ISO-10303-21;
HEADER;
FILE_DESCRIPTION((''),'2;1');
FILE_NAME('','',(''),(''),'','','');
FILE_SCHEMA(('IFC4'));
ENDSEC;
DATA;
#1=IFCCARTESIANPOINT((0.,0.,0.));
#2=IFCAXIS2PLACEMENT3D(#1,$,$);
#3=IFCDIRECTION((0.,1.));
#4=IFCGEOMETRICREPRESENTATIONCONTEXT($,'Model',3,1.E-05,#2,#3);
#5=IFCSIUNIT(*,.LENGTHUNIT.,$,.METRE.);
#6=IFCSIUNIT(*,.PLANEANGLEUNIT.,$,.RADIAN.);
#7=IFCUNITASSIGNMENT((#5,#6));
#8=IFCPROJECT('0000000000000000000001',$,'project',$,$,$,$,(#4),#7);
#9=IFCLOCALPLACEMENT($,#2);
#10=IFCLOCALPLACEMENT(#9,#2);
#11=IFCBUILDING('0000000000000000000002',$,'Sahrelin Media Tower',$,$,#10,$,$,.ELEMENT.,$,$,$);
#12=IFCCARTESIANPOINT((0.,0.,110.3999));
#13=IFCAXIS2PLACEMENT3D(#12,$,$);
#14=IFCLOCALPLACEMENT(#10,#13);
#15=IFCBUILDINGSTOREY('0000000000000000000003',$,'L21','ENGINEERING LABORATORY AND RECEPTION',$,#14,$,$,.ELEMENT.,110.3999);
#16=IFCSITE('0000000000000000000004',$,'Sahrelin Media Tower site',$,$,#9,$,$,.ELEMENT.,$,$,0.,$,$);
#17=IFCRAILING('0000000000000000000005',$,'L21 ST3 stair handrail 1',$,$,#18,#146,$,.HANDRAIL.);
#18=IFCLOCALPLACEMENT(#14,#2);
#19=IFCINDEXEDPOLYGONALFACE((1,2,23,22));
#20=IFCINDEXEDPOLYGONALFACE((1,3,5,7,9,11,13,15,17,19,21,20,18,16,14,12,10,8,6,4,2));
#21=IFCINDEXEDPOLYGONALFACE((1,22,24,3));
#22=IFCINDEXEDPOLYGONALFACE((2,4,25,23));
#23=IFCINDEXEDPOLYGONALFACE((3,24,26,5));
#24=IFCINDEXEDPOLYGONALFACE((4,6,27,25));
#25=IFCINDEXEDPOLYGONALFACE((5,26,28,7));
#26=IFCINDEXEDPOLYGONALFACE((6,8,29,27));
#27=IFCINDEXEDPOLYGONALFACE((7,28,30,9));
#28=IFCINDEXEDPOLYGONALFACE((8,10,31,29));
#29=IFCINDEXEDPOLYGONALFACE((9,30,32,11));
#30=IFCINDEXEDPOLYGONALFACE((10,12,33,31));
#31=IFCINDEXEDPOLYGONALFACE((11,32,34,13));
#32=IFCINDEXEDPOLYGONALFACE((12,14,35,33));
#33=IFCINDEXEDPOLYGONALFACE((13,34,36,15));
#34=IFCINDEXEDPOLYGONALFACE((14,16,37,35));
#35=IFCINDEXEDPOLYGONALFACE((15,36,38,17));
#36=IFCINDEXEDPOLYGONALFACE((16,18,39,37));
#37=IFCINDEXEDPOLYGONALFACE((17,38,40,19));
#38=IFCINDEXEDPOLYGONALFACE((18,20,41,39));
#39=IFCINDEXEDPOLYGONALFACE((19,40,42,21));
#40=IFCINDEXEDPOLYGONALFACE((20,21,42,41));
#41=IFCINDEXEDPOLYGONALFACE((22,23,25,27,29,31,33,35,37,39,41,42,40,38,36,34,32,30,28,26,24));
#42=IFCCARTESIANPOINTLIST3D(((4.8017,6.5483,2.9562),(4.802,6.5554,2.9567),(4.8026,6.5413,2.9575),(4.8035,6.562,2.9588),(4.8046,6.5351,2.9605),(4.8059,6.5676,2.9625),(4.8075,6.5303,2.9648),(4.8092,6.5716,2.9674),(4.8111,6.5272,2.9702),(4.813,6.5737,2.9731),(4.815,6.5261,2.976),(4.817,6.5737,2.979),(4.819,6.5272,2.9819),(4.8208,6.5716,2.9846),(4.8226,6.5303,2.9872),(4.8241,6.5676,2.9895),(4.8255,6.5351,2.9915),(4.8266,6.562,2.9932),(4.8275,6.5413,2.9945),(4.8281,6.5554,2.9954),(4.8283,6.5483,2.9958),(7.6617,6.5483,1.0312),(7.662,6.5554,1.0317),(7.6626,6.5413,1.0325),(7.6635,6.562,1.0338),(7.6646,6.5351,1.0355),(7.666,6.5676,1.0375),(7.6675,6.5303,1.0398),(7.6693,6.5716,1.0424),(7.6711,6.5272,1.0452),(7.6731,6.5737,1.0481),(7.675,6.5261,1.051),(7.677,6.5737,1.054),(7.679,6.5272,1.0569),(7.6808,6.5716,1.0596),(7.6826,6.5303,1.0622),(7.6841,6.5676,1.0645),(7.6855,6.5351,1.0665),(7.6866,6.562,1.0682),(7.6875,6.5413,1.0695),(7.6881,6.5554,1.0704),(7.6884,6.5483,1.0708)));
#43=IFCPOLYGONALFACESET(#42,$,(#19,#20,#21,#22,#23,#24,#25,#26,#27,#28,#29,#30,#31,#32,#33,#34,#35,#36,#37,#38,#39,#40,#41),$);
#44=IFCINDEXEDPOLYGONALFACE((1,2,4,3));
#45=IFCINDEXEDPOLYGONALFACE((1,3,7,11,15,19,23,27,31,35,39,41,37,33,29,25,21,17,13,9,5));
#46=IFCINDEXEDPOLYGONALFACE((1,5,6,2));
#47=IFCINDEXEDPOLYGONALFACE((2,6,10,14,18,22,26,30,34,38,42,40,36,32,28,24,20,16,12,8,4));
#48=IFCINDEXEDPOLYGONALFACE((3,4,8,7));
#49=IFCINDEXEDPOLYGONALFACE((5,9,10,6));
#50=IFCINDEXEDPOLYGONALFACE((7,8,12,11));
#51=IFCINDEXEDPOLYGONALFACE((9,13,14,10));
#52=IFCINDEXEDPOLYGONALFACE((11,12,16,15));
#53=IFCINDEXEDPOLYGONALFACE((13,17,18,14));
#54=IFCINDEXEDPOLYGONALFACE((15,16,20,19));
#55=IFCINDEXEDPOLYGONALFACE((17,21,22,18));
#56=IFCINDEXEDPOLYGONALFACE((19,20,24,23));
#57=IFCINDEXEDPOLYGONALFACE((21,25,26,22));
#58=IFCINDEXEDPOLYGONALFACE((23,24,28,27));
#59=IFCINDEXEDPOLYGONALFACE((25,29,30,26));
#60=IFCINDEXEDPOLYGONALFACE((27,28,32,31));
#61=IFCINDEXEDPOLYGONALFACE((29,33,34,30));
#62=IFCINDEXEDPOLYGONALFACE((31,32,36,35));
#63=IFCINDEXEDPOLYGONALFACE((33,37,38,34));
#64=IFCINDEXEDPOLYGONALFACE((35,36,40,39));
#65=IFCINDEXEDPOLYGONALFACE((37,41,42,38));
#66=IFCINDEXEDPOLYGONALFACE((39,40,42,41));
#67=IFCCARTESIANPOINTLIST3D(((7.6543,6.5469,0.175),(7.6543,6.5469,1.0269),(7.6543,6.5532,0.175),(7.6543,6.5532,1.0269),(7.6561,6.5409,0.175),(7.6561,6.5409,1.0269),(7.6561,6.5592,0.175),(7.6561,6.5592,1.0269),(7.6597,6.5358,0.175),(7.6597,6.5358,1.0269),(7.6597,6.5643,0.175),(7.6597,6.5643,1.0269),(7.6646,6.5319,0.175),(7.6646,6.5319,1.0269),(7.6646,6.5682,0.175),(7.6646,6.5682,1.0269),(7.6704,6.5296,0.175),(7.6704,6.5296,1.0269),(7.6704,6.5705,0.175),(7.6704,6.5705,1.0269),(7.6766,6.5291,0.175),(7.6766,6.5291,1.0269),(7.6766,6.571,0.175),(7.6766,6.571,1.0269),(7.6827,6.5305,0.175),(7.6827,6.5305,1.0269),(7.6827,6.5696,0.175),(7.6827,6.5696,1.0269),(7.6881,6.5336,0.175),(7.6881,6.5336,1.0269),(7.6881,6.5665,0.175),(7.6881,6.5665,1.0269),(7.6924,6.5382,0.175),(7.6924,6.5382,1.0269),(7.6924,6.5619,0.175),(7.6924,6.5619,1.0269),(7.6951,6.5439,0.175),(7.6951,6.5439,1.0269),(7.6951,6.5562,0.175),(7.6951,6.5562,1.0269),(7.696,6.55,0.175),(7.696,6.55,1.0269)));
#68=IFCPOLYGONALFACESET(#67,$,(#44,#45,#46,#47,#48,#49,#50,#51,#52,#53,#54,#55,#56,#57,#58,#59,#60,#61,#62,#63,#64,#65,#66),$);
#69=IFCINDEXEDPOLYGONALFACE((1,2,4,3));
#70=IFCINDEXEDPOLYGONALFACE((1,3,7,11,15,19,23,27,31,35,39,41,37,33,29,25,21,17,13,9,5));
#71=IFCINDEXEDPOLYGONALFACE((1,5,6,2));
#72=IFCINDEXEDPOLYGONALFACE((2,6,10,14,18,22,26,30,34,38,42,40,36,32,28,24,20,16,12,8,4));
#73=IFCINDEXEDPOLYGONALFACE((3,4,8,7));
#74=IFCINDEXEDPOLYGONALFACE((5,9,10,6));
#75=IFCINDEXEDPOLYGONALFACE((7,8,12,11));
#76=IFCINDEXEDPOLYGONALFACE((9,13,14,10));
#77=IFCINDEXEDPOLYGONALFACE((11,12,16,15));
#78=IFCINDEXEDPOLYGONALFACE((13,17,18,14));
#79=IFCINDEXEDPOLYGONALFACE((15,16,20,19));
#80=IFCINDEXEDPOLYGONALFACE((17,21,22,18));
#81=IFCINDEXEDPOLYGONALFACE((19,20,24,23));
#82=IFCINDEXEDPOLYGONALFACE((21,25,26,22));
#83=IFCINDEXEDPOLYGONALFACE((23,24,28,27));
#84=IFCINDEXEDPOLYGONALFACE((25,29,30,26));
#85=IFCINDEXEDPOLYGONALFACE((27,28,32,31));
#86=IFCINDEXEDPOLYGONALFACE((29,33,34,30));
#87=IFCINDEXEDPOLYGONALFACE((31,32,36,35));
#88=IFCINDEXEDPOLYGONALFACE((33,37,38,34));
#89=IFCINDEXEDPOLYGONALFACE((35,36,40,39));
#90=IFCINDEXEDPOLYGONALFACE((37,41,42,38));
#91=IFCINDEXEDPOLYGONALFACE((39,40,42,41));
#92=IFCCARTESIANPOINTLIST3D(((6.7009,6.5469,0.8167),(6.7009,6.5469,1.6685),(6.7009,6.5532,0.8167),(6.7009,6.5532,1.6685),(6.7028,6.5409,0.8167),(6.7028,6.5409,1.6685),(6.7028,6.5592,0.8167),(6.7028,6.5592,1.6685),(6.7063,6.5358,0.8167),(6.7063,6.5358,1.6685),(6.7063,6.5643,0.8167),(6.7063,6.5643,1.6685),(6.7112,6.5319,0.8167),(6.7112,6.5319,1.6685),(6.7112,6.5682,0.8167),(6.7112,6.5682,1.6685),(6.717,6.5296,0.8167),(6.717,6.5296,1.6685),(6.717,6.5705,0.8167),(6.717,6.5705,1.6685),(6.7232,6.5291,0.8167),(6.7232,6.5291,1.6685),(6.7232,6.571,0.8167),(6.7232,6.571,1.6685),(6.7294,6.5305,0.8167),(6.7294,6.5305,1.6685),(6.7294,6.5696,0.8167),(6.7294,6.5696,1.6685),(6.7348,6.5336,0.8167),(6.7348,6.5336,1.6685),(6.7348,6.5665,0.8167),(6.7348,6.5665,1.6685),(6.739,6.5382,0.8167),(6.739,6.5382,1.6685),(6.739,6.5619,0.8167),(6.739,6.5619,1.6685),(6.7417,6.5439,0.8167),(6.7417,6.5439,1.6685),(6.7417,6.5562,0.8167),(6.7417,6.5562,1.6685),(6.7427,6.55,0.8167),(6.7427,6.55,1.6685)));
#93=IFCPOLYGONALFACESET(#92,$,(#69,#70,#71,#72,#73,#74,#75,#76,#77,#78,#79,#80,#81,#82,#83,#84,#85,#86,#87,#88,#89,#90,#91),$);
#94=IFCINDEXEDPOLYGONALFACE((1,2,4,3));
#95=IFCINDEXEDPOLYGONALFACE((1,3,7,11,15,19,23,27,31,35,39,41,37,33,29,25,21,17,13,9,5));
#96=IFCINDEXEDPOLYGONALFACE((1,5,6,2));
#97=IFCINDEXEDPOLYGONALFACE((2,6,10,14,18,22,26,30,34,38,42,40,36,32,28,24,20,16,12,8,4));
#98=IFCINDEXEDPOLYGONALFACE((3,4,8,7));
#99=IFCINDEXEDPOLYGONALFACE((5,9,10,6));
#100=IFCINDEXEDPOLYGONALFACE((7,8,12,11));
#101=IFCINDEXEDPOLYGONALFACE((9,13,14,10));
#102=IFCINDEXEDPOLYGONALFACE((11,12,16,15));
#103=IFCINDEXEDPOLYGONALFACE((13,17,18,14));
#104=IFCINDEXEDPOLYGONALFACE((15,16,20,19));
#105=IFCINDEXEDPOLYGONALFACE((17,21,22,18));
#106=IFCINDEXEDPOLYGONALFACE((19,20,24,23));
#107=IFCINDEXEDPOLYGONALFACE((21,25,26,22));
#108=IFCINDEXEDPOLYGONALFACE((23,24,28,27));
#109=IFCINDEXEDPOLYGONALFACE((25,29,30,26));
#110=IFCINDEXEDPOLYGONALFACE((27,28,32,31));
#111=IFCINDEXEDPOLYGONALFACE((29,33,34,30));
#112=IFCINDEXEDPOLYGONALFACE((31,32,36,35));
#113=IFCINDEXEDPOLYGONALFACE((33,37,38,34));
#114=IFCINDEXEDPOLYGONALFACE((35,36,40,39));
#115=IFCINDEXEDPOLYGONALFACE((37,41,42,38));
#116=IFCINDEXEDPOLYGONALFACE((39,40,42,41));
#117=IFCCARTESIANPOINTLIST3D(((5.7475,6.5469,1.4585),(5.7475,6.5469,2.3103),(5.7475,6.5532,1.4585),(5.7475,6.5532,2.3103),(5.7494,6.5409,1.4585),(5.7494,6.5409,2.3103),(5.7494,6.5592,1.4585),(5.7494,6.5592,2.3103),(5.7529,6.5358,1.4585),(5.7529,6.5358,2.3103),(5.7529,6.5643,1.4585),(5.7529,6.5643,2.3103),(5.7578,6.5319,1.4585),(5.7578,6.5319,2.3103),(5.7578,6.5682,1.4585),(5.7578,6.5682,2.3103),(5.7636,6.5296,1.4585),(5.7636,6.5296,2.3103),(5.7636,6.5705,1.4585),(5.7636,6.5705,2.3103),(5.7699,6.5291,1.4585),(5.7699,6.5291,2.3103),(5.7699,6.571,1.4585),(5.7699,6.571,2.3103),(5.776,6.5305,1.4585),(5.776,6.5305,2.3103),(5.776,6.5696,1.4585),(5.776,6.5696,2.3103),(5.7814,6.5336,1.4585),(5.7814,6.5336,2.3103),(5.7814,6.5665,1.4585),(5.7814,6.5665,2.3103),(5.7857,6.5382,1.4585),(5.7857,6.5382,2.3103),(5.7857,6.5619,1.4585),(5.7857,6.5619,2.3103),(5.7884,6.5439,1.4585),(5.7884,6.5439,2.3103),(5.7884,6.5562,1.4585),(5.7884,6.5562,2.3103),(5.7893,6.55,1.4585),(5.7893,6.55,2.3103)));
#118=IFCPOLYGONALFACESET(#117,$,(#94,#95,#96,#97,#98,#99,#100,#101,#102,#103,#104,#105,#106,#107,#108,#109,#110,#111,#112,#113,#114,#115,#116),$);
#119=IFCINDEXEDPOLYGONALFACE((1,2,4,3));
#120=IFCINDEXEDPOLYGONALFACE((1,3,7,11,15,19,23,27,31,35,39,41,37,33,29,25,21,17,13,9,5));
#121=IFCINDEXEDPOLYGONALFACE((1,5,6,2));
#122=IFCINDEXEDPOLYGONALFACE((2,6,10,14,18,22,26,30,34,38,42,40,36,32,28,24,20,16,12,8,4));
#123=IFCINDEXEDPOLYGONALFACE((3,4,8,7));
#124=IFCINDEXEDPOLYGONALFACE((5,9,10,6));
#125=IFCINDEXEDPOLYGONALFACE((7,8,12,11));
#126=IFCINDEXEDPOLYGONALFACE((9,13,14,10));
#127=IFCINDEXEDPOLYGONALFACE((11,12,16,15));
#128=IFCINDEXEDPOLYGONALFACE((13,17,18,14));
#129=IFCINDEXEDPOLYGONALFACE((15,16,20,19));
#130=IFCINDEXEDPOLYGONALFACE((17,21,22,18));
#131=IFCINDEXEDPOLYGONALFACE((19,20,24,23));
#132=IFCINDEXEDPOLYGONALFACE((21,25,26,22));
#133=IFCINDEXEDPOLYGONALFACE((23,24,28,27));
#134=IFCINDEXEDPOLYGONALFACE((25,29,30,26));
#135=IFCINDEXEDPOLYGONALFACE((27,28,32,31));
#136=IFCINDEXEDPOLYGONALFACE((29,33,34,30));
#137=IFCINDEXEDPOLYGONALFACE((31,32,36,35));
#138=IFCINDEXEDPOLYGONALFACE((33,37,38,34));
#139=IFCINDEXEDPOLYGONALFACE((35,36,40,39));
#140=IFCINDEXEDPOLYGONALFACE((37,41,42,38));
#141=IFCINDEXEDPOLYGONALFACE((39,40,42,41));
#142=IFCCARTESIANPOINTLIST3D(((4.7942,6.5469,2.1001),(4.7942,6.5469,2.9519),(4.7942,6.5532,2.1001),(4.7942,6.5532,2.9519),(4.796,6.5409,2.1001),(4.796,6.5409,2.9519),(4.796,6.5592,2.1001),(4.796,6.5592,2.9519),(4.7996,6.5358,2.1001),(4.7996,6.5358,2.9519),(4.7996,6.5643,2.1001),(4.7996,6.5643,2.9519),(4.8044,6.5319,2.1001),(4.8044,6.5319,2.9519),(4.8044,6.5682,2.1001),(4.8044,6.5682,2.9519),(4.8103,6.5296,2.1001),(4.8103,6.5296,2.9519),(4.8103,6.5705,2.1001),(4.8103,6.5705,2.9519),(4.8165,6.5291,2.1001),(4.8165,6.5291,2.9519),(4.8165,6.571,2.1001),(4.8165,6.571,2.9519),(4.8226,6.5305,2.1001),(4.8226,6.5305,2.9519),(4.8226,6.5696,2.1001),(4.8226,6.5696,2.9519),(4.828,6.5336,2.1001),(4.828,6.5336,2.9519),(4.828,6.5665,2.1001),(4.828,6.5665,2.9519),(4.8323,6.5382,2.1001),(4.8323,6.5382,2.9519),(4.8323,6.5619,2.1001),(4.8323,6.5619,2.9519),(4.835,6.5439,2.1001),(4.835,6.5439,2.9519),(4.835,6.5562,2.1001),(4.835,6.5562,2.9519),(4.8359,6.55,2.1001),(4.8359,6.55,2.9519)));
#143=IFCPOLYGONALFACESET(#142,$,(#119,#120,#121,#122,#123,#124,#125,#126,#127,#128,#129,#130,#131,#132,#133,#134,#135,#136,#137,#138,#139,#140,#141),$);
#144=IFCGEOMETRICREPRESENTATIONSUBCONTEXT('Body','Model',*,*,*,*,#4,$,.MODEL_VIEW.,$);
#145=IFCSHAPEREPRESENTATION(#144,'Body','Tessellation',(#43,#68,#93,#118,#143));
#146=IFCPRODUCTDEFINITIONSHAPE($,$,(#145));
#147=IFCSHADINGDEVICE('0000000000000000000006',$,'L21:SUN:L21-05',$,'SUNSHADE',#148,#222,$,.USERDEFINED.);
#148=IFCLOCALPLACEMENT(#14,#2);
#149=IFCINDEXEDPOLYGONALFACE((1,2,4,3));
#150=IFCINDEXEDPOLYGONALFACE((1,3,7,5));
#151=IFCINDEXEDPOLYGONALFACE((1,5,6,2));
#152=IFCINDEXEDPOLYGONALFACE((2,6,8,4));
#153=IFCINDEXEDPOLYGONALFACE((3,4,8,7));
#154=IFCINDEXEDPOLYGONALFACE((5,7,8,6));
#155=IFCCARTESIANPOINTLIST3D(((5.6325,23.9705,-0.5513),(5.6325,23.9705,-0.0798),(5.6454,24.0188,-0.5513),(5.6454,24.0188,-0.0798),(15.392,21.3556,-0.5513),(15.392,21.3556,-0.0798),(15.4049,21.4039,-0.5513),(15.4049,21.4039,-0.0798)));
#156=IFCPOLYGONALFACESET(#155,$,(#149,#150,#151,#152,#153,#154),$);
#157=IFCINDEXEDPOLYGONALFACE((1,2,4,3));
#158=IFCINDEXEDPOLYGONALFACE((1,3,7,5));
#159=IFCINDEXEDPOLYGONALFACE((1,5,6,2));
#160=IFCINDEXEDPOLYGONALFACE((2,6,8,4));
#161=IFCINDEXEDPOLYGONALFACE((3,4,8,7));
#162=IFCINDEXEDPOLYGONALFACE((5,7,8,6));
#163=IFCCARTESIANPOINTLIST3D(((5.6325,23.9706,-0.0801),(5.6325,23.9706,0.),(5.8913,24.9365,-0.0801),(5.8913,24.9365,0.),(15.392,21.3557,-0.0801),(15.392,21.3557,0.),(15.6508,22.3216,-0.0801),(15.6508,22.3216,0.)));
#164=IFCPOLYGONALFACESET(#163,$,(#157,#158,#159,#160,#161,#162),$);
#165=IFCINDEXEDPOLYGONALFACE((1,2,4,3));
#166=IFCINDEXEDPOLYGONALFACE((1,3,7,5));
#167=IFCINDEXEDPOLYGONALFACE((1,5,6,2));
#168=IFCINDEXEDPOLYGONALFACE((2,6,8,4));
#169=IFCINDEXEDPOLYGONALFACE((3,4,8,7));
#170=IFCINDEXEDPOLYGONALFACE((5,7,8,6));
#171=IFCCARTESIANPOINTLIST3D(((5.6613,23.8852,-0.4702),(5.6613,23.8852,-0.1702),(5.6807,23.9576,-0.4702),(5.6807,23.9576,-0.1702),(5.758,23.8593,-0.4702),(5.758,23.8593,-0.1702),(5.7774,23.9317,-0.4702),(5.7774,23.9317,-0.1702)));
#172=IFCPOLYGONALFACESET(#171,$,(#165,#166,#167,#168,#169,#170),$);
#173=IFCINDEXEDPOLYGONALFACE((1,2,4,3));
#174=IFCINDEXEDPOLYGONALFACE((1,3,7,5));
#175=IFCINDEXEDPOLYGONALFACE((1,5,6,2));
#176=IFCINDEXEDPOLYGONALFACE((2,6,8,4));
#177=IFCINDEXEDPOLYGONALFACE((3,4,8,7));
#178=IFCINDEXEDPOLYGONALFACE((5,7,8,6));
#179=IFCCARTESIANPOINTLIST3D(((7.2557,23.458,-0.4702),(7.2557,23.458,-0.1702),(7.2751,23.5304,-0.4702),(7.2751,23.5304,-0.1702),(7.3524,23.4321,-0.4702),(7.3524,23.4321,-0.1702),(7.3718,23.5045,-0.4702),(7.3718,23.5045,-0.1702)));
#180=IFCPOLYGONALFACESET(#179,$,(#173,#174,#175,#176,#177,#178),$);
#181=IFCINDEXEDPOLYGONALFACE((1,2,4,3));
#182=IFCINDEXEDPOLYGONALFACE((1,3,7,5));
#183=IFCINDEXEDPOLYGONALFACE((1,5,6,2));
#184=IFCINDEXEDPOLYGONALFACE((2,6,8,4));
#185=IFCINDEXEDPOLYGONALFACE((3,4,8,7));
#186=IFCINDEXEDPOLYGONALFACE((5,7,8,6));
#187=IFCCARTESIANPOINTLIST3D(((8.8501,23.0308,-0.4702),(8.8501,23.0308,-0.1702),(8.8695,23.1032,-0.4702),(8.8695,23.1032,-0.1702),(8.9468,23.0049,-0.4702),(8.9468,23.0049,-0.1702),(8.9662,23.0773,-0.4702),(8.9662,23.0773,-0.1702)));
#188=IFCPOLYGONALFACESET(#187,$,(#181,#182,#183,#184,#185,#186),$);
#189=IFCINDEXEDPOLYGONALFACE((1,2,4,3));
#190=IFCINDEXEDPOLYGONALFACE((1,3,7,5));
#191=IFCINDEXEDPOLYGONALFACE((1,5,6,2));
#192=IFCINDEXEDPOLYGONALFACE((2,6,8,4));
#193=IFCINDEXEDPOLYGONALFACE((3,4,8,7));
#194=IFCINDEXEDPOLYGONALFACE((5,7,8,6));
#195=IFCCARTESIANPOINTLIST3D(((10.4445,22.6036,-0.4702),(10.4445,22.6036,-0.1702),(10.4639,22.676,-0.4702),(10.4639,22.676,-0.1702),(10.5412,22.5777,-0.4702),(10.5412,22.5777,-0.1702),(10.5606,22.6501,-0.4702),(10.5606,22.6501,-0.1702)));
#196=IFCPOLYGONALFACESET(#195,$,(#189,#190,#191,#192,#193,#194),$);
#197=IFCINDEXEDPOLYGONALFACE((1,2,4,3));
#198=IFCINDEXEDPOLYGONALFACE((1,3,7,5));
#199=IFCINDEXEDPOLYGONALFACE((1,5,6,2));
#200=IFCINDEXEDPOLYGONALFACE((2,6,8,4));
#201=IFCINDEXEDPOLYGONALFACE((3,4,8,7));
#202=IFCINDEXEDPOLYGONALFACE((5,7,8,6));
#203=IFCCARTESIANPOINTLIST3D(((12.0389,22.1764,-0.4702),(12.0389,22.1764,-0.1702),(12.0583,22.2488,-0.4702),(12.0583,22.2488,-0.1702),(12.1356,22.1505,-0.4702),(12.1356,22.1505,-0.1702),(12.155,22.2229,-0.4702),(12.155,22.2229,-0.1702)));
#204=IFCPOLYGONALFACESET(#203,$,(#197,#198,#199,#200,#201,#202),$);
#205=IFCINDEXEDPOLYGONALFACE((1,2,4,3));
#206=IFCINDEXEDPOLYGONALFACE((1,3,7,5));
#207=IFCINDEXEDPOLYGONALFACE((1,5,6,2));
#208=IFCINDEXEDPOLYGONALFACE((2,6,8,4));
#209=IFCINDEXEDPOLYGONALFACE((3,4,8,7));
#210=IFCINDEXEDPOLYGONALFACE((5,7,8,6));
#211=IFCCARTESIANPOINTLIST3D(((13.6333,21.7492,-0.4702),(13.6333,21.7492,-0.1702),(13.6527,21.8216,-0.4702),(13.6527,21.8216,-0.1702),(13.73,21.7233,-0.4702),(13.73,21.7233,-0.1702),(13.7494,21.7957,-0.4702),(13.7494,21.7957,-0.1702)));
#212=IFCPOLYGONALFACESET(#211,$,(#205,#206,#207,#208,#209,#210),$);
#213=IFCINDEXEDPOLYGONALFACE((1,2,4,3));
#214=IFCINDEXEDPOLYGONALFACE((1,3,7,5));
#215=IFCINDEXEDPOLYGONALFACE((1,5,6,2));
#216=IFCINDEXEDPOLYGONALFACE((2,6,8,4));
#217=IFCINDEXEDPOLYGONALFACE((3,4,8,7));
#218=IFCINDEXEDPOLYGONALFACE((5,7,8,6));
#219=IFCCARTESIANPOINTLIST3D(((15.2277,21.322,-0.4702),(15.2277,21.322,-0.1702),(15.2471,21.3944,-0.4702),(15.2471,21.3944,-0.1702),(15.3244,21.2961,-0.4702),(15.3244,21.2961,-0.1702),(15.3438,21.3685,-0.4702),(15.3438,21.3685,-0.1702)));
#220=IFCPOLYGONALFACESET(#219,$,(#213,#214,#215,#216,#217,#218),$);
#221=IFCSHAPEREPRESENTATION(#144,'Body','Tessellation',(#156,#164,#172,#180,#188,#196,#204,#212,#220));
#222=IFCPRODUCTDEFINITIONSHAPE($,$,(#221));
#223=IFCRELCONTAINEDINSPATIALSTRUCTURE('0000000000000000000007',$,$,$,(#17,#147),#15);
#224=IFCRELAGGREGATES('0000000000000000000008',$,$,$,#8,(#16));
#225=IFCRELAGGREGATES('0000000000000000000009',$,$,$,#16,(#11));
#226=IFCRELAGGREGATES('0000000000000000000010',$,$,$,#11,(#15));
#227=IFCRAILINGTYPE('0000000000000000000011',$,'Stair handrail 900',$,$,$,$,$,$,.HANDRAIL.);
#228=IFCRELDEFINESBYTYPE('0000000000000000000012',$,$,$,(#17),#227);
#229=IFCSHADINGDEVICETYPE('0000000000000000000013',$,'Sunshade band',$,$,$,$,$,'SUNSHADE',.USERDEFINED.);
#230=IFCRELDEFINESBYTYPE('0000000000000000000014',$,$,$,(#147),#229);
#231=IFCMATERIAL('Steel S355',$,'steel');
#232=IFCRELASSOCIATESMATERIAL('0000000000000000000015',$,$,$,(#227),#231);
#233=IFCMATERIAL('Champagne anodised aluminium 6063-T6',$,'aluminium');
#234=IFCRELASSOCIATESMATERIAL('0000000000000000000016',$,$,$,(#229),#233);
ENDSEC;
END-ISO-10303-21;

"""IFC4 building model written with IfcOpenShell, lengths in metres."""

from ifc_helpers import new_model, si_unit, direction, frame, origin, origin_2d, place, context, subcontext, project, spatial, rectangle, circle, extrude, material, type_object, element, save


model = new_model("IFC4")

# Units and contexts
model_context = context("Model", 3, precision=1e-05, world=origin(), true_north=direction((0.0, 1.0)))
body_context = subcontext(model_context, "Body", "Model", "MODEL_VIEW")
ifc_project = project(units=[si_unit("LENGTHUNIT", "METRE"), si_unit("PLANEANGLEUNIT", "RADIAN")], contexts=[model_context])

# Site, building, storey
site_placement = place(None, origin())
site = spatial("IfcSite", under=ifc_project, at=site_placement, Name="Sahrelin Media Tower site", CompositionType="ELEMENT", RefElevation=0.0)
building_placement = place(site_placement, origin())
building = spatial("IfcBuilding", under=site, at=building_placement, Name="Sahrelin Media Tower", CompositionType="ELEMENT")
storey_placement = place(building_placement, frame((0.0, 0.0, 110.3999)))
storey = spatial("IfcBuildingStorey", under=building, at=storey_placement, Name="L21", Description="ENGINEERING LABORATORY AND RECEPTION", CompositionType="ELEMENT", Elevation=110.3999)

# Shared definitions
ifc_material_1 = material(Name="Steel S355", Category="steel")

# Shared definitions
ifc_material_2 = material(Name="Champagne anodised aluminium 6063-T6", Category="aluminium")

# Shared definitions
placement_1 = place(storey_placement, frame((10.5071, 22.6438, 0.0), z_axis=(0.0, 0.0, 1.0), x_axis=(0.965929, -0.258808, 0.0)))

# Railing
railing_type_1 = type_object("IfcRailingType", Name="Stair handrail 900", PredefinedType="HANDRAIL", material=ifc_material_1)
railing_1_placement = place(storey_placement, frame((7.675, 6.55, 0.175)))
element("IfcRailing", 1, at=railing_1_placement, inside=storey, type_object=railing_type_1, Name="L21 ST3 stair handrail 1", PredefinedType="HANDRAIL", context=body_context, shape_type="SweptSolid", body=[
    extrude(circle(Radius=0.0239, at=origin_2d()), frame((0.0, 0.0, 0.876), z_axis=(-0.829591, 0.0, 0.558372), x_axis=(0.0, -1.0, 0.0)), (0.0, 0.0, 1.0), 3.4475),
    extrude(circle(Radius=0.021, at=origin_2d()), origin(), (0.0, 0.0, 1.0), 0.8518),
    extrude(circle(Radius=0.021, at=origin_2d()), frame((-0.9534, 0.0, 0.6416)), (0.0, 0.0, 1.0), 0.8518),
    extrude(circle(Radius=0.021, at=origin_2d()), frame((-1.9067, 0.0, 1.2834)), (0.0, 0.0, 1.0), 0.8518),
    extrude(circle(Radius=0.021, at=origin_2d()), frame((-2.8601, 0.0, 1.925)), (0.0, 0.0, 1.0), 0.8518),
])

# Shading device
shading_device_type_1 = type_object("IfcShadingDeviceType", Name="Sunshade band", ElementType="SUNSHADE", PredefinedType="USERDEFINED", material=ifc_material_2)
element("IfcShadingDevice", 2, at=placement_1, inside=storey, type_object=shading_device_type_1, Name="L21:SUN:L21-05", ObjectType="SUNSHADE", PredefinedType="USERDEFINED", context=body_context, shape_type="SweptSolid", body=[
    extrude(rectangle(XDim=10.1038, YDim=0.05, at=origin_2d()), frame((0.0, 0.0449, -0.5513)), (0.0, 0.0, 1.0), 0.4714),
    extrude(rectangle(XDim=10.1038, YDim=1.0, at=origin_2d()), frame((0.0, 0.52, -0.0801)), (0.0, 0.0, 1.0), 0.0801),
    extrude(rectangle(XDim=0.1001, YDim=0.075, at=origin_2d()), frame((-4.9519, -0.0176, -0.4702)), (0.0, 0.0, 1.0), 0.3),
    extrude(rectangle(XDim=0.1001, YDim=0.075, at=origin_2d()), frame((-3.3013, -0.0176, -0.4702)), (0.0, 0.0, 1.0), 0.3),
    extrude(rectangle(XDim=0.1001, YDim=0.075, at=origin_2d()), frame((-1.6506, -0.0176, -0.4702)), (0.0, 0.0, 1.0), 0.3),
    extrude(rectangle(XDim=0.1001, YDim=0.075, at=origin_2d()), frame((0.0, -0.0176, -0.4702)), (0.0, 0.0, 1.0), 0.3),
    extrude(rectangle(XDim=0.1001, YDim=0.075, at=origin_2d()), frame((1.6506, -0.0176, -0.4702)), (0.0, 0.0, 1.0), 0.3),
    extrude(rectangle(XDim=0.1001, YDim=0.075, at=origin_2d()), frame((3.3013, -0.0176, -0.4702)), (0.0, 0.0, 1.0), 0.3),
    extrude(rectangle(XDim=0.1001, YDim=0.075, at=origin_2d()), frame((4.9519, -0.0176, -0.4702)), (0.0, 0.0, 1.0), 0.3),
])

save(model, "model.ifc")
